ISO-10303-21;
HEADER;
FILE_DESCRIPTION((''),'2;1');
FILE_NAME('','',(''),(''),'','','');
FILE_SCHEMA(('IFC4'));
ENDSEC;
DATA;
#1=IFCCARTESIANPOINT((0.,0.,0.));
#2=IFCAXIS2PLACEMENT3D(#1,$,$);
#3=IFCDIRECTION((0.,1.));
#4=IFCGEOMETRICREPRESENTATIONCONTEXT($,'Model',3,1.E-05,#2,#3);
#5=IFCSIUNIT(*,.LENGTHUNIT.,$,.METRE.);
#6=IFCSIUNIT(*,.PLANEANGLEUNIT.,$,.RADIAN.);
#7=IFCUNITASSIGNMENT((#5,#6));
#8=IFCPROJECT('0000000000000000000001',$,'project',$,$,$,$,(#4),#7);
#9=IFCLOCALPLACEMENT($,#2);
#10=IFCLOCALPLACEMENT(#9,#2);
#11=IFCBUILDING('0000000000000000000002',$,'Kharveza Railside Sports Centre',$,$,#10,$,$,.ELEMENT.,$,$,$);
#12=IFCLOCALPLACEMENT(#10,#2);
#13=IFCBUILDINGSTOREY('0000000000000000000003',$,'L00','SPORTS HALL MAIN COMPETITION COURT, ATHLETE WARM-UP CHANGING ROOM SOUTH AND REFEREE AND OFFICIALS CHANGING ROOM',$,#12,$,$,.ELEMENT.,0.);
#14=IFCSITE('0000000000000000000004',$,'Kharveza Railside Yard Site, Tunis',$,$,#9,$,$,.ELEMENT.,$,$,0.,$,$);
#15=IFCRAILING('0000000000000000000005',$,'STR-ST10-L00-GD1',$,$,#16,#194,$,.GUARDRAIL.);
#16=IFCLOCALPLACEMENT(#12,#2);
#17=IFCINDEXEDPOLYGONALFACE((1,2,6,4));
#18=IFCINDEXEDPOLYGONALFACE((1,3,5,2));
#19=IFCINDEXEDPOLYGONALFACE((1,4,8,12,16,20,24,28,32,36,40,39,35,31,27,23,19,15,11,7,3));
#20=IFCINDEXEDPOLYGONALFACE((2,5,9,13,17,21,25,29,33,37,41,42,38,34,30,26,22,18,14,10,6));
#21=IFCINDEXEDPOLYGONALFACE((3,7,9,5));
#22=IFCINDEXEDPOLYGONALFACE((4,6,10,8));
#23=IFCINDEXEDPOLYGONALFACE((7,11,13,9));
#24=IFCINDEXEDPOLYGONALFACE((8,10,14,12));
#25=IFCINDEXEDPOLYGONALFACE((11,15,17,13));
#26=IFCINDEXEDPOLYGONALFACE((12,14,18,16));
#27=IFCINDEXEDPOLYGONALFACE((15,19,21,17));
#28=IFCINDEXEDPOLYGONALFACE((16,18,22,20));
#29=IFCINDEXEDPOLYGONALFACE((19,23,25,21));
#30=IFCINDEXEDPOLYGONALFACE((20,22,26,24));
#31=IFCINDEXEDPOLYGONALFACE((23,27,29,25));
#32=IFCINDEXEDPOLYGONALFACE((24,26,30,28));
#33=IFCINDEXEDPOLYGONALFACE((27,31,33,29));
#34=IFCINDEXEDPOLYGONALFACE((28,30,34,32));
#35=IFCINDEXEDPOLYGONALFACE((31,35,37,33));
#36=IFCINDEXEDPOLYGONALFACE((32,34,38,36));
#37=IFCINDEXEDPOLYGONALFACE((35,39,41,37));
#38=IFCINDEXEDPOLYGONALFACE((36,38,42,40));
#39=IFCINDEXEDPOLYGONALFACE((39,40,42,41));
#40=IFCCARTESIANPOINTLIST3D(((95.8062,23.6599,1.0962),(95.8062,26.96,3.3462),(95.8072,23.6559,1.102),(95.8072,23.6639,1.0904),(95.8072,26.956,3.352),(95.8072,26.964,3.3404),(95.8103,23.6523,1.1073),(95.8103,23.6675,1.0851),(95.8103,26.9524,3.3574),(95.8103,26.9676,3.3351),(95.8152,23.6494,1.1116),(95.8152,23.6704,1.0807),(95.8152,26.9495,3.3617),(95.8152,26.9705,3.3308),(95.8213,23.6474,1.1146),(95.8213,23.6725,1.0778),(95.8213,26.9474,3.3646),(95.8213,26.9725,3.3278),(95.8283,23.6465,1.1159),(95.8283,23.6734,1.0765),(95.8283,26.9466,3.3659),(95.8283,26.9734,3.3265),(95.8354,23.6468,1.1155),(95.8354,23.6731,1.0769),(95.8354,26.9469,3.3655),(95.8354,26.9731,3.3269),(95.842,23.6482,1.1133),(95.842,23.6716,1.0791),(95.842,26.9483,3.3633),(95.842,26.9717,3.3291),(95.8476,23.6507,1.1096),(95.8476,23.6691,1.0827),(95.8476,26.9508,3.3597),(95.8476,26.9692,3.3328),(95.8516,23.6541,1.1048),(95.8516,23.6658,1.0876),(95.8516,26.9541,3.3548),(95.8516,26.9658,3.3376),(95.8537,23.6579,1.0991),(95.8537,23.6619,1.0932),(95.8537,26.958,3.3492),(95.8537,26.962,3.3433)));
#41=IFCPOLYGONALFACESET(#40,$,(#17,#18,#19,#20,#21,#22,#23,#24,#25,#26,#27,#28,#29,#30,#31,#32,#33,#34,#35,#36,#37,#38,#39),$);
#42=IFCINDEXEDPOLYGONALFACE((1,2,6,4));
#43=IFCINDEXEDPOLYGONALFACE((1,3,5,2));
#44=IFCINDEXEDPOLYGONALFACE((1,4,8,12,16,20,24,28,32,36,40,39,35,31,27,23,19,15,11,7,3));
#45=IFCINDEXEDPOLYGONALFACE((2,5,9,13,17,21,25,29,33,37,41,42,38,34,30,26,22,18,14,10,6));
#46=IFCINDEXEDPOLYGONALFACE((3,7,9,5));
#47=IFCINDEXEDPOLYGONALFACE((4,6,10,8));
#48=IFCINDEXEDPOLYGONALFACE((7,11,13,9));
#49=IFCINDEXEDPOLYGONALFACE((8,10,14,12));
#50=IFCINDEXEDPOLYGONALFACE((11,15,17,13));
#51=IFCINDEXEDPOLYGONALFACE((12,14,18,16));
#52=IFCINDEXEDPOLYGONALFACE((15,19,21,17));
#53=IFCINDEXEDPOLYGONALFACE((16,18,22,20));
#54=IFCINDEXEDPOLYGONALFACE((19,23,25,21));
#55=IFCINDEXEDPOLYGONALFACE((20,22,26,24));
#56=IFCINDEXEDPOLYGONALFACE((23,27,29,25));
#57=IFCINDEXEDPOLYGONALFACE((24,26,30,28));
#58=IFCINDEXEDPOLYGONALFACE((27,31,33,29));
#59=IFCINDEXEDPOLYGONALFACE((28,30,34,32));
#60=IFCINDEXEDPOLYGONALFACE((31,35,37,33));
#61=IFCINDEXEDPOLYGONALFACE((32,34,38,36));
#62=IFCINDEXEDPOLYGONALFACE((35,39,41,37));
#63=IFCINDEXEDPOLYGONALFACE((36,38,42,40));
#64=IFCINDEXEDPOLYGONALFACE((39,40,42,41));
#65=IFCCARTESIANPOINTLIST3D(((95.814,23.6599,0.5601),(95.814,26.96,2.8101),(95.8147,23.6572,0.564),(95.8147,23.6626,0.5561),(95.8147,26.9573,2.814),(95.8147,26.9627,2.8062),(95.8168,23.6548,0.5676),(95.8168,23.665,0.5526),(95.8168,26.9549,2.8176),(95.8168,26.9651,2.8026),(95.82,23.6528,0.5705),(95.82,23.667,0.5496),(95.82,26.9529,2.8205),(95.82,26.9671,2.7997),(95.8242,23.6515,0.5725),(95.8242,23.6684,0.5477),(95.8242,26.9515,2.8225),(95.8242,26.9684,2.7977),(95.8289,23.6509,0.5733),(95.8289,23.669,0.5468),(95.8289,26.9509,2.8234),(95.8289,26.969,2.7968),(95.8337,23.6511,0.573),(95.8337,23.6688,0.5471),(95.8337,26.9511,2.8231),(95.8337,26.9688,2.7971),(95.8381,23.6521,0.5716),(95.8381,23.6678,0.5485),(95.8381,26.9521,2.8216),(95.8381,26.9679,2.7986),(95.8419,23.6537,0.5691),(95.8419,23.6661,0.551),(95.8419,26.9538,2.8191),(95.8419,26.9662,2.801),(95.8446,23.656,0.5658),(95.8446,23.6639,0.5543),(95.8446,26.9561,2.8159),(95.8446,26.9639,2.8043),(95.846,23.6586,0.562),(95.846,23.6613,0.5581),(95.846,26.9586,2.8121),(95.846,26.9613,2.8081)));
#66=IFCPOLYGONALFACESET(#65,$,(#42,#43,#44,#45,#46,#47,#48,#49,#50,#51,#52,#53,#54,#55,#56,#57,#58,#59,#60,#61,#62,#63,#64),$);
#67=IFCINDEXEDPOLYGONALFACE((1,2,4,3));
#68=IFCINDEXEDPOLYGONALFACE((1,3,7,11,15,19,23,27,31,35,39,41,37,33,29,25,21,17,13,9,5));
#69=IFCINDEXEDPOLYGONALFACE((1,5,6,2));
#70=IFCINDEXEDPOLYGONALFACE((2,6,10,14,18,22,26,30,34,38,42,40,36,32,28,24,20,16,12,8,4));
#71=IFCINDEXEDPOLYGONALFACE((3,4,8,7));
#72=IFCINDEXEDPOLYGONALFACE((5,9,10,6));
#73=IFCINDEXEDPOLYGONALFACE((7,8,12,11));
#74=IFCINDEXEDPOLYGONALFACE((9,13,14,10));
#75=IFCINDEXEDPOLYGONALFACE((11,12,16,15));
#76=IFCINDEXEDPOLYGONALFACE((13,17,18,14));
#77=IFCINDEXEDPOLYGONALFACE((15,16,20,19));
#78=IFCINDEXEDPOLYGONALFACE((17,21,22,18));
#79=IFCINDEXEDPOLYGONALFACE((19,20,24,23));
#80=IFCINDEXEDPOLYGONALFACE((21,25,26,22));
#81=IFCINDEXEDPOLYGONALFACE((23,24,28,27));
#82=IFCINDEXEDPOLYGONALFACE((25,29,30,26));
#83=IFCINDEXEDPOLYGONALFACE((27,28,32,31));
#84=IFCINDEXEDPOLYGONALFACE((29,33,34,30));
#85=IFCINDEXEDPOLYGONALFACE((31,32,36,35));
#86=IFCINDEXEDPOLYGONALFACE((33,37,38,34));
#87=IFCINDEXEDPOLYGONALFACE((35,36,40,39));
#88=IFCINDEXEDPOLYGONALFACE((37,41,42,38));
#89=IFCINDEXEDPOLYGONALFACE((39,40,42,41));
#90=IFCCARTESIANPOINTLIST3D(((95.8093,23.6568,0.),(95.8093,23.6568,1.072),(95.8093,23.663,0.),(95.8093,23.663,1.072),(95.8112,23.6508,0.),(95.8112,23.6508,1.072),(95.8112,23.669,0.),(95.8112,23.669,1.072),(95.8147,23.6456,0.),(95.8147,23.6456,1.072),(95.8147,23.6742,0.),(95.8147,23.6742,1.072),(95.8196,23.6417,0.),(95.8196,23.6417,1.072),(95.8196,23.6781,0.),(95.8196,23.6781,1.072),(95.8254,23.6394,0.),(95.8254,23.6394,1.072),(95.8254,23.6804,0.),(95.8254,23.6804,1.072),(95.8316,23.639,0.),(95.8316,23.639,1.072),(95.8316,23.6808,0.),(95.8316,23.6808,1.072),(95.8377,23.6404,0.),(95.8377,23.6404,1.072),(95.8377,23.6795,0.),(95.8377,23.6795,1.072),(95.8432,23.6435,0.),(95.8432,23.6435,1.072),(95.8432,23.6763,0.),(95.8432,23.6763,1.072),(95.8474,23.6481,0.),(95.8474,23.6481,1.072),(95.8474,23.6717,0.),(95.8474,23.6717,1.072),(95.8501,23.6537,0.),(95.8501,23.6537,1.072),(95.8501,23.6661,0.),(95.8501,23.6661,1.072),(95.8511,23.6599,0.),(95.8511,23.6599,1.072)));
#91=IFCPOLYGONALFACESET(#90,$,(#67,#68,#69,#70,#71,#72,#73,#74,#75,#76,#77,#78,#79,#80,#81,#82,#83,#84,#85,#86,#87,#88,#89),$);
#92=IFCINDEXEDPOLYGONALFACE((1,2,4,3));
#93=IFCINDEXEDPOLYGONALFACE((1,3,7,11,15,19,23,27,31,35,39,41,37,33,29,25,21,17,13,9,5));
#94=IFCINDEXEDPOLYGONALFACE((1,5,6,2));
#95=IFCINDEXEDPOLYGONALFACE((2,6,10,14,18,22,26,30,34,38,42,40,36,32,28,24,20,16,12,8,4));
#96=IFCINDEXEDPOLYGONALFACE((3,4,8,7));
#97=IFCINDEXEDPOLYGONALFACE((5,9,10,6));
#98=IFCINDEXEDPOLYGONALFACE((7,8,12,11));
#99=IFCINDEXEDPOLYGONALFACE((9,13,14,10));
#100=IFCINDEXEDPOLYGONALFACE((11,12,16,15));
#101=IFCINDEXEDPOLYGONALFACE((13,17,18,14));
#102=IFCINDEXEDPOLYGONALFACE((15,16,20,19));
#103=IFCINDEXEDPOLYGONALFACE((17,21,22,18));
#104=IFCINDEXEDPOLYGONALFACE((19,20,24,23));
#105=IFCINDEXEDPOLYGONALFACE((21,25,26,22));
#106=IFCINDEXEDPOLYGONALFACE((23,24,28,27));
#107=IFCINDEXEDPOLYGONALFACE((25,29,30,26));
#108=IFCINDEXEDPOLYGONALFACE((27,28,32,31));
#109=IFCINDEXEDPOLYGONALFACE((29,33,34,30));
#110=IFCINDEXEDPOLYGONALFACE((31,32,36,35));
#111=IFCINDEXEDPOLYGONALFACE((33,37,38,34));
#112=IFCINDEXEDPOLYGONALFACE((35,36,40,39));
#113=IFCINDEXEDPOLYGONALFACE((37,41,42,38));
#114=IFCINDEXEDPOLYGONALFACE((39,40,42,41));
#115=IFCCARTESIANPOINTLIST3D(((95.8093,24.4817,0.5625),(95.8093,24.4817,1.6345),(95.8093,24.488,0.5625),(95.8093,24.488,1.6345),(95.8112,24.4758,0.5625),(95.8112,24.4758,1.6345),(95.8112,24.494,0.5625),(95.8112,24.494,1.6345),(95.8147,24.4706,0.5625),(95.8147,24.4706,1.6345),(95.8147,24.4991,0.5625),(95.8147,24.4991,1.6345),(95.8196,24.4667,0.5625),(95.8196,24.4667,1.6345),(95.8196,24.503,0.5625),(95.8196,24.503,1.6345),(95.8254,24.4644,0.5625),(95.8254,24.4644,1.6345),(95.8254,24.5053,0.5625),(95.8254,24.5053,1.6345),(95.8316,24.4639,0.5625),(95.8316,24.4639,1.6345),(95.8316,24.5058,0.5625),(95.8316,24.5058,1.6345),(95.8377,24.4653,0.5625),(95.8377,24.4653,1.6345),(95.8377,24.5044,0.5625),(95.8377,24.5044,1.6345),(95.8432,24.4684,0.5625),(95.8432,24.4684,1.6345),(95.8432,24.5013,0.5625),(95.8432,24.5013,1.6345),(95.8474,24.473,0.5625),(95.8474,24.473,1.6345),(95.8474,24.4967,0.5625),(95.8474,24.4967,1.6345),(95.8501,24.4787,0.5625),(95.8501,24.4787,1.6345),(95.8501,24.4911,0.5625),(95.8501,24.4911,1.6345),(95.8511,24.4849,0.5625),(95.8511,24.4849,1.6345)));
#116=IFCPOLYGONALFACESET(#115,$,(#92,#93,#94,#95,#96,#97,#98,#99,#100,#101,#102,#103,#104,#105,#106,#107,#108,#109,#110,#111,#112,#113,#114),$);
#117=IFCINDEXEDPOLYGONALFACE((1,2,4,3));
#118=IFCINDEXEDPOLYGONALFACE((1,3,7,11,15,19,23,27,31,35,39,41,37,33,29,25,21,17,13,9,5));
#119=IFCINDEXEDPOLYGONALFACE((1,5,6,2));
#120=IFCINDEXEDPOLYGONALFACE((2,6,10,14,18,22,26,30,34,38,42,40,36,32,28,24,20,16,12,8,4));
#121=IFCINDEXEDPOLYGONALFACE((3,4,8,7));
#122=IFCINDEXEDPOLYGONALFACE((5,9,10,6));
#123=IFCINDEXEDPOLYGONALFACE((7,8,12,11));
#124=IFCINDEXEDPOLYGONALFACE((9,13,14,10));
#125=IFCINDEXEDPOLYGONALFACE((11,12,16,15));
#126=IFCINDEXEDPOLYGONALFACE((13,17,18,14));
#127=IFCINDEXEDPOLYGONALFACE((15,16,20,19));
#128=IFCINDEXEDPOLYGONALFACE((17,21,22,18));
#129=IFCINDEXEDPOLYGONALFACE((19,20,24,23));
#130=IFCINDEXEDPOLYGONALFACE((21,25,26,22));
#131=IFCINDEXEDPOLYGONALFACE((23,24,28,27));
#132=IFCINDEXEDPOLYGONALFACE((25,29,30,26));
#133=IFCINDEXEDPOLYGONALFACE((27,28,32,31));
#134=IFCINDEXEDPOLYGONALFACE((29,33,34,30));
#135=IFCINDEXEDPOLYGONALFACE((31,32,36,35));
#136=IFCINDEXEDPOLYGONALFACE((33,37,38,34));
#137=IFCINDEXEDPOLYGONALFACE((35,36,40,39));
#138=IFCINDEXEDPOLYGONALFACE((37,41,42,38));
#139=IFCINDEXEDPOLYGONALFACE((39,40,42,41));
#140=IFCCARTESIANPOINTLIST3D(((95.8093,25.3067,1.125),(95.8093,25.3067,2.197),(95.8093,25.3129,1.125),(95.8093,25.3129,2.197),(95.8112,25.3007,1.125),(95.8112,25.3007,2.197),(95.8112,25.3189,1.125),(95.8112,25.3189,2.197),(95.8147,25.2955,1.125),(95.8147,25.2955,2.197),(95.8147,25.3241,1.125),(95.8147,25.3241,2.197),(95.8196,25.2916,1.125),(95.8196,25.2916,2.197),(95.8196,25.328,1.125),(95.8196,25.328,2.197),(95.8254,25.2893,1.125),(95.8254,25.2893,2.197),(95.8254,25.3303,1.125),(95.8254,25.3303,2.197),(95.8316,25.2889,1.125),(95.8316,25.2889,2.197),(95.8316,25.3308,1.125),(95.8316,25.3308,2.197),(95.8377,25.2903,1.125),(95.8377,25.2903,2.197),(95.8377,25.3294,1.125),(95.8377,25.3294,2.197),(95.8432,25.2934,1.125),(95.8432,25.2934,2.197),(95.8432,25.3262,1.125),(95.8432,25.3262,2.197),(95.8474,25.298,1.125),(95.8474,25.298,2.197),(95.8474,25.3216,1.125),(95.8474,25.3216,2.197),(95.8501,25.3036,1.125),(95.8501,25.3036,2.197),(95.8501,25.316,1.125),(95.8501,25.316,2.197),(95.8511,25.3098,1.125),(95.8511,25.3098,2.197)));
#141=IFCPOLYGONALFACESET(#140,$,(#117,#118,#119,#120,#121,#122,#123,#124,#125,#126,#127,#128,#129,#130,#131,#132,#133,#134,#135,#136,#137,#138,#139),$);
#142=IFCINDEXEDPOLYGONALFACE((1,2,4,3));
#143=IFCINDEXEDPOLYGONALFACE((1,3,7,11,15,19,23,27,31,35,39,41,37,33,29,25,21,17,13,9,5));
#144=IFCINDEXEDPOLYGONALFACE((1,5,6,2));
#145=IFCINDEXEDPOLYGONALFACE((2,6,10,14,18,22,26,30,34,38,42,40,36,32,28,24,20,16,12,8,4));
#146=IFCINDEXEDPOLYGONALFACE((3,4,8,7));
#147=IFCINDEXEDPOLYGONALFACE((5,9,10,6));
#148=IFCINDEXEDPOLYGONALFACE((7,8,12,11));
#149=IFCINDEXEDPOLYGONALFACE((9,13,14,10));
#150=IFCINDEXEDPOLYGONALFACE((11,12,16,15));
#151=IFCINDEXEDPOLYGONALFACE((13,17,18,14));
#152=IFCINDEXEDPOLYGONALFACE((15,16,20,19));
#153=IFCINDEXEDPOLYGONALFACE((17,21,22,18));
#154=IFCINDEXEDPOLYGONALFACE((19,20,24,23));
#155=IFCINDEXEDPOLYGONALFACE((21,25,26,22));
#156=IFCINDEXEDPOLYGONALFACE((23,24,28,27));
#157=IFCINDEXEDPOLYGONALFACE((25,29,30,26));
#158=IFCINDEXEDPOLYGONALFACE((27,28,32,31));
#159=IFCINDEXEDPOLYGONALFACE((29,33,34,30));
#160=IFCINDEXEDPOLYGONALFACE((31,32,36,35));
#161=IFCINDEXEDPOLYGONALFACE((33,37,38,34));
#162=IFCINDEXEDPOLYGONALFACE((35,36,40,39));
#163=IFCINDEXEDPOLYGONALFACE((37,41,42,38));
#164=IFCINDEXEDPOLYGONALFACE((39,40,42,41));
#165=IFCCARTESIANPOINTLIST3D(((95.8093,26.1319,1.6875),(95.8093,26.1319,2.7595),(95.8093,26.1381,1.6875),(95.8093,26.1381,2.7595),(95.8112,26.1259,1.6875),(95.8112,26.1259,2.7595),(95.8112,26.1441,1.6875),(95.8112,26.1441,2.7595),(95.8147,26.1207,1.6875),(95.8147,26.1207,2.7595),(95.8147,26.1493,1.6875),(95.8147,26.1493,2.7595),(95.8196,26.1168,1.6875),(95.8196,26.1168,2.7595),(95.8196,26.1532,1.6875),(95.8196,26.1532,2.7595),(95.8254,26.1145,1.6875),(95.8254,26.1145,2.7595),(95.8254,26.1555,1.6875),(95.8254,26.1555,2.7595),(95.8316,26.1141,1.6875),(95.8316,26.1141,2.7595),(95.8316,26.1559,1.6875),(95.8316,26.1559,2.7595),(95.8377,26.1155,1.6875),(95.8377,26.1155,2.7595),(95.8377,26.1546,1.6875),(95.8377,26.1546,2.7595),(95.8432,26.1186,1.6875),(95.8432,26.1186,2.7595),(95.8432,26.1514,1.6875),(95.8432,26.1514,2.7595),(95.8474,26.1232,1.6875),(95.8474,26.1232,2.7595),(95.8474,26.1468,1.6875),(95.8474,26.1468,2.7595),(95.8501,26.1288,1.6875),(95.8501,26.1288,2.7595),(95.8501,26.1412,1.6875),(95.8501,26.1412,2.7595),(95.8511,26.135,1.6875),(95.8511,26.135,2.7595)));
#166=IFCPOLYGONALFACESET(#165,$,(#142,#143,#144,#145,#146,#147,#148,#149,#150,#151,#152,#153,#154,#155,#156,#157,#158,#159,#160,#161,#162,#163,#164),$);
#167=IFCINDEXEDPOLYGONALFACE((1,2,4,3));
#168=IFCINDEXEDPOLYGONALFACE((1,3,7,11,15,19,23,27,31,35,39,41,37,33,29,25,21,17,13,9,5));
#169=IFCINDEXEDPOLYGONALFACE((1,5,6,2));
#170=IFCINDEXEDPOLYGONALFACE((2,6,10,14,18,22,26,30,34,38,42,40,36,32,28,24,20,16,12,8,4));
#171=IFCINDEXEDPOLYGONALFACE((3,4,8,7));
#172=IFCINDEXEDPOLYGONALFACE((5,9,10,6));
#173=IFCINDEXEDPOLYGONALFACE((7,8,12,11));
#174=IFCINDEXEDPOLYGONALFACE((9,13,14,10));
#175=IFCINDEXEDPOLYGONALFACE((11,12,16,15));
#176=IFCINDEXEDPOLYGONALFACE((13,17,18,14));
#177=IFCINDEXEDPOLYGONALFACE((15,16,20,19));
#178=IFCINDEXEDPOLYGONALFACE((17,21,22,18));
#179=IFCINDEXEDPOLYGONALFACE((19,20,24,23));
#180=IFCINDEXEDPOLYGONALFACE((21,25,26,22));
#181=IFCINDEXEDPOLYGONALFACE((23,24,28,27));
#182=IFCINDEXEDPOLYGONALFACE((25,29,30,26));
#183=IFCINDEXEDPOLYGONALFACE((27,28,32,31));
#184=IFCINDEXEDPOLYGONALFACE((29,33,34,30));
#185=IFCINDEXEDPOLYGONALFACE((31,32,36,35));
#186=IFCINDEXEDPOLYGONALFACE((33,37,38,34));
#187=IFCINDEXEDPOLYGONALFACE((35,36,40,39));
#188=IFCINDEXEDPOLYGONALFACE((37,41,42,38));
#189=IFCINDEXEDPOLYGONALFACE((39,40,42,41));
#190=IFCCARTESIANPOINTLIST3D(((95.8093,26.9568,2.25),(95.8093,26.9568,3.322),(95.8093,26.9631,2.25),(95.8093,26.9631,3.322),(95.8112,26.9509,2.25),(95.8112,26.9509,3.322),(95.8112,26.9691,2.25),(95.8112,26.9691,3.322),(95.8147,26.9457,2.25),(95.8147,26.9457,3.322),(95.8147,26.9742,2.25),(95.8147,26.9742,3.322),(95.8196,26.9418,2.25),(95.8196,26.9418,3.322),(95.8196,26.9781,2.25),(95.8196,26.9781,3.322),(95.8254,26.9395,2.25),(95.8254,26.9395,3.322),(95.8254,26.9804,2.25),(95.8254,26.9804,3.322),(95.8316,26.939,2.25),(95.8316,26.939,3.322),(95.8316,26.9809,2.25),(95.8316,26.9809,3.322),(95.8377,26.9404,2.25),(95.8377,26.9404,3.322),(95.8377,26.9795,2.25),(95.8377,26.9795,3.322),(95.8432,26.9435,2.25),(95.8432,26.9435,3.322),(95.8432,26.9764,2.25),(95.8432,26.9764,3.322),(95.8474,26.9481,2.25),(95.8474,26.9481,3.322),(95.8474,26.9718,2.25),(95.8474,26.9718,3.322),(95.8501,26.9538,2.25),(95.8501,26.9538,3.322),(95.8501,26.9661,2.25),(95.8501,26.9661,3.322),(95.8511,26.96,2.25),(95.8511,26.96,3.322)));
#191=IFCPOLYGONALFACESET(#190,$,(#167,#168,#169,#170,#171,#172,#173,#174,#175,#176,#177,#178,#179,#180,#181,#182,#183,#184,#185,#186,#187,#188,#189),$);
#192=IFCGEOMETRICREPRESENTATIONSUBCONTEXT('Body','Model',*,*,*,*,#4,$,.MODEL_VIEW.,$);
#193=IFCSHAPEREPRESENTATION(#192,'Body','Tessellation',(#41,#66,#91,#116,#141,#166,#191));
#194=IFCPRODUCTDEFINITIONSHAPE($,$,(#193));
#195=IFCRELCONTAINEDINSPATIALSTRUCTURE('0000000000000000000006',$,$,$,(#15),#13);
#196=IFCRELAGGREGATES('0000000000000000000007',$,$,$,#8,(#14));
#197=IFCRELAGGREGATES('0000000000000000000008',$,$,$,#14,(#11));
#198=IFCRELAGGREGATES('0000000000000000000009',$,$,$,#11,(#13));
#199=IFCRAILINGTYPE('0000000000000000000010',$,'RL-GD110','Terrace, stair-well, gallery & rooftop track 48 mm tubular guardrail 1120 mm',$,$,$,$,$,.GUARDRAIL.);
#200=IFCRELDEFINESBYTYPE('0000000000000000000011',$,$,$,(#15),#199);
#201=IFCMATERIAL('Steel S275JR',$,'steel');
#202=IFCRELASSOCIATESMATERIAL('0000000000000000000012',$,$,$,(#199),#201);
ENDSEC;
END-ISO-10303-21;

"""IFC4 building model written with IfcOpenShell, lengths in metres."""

from ifc_helpers import new_model, si_unit, direction, frame, origin, origin_2d, place, context, subcontext, project, spatial, circle, extrude, material, type_object, element, save


model = new_model("IFC4")

# Units and contexts
model_context = context("Model", 3, precision=1e-05, world=origin(), true_north=direction((0.0, 1.0)))
body_context = subcontext(model_context, "Body", "Model", "MODEL_VIEW")
ifc_project = project(units=[si_unit("LENGTHUNIT", "METRE"), si_unit("PLANEANGLEUNIT", "RADIAN")], contexts=[model_context])

# Site, building, storey
site_placement = place(None, origin())
site = spatial("IfcSite", under=ifc_project, at=site_placement, Name="Kharveza Railside Yard Site, Tunis", CompositionType="ELEMENT", RefElevation=0.0)
building_placement = place(site_placement, origin())
building = spatial("IfcBuilding", under=site, at=building_placement, Name="Kharveza Railside Sports Centre", CompositionType="ELEMENT")
storey_placement = place(building_placement, origin())
storey = spatial("IfcBuildingStorey", under=building, at=storey_placement, Name="L00", Description="SPORTS HALL MAIN COMPETITION COURT, ATHLETE WARM-UP CHANGING ROOM SOUTH AND REFEREE AND OFFICIALS CHANGING ROOM", CompositionType="ELEMENT", Elevation=0.0)

# Railing
ifc_material_1 = material(Name="Steel S275JR", Category="steel")
railing_type_1 = type_object("IfcRailingType", Name="RL-GD110", Description="Terrace, stair-well, gallery & rooftop track 48 mm tubular guardrail 1120 mm", PredefinedType="GUARDRAIL", material=ifc_material_1)
railing_1_placement = place(storey_placement, frame((95.8301, 23.6599, 0.0)))
element("IfcRailing", 1, at=railing_1_placement, inside=storey, type_object=railing_type_1, Name="STR-ST10-L00-GD1", PredefinedType="GUARDRAIL", context=body_context, shape_type="SweptSolid", body=[
    extrude(circle(Radius=0.0239, at=origin_2d()), frame((0.0, 0.0, 1.0962), z_axis=(0.0, 0.826231, 0.563331), x_axis=(-1.0, 0.0, 0.0)), (0.0, 0.0, 1.0), 3.9941),
    extrude(circle(Radius=0.0161, at=origin_2d()), frame((0.0, 0.0, 0.5601), z_axis=(0.0, 0.826231, 0.563331), x_axis=(-1.0, 0.0, 0.0)), (0.0, 0.0, 1.0), 3.9941),
    extrude(circle(Radius=0.021, at=origin_2d()), origin(), (0.0, 0.0, 1.0), 1.072),
    extrude(circle(Radius=0.021, at=origin_2d()), frame((0.0, 0.825, 0.5625)), (0.0, 0.0, 1.0), 1.072),
    extrude(circle(Radius=0.021, at=origin_2d()), frame((0.0, 1.6499, 1.125)), (0.0, 0.0, 1.0), 1.072),
    extrude(circle(Radius=0.021, at=origin_2d()), frame((0.0, 2.4751, 1.6875)), (0.0, 0.0, 1.0), 1.072),
    extrude(circle(Radius=0.021, at=origin_2d()), frame((0.0, 3.3, 2.25)), (0.0, 0.0, 1.0), 1.072),
])

save(model, "model.ifc")
